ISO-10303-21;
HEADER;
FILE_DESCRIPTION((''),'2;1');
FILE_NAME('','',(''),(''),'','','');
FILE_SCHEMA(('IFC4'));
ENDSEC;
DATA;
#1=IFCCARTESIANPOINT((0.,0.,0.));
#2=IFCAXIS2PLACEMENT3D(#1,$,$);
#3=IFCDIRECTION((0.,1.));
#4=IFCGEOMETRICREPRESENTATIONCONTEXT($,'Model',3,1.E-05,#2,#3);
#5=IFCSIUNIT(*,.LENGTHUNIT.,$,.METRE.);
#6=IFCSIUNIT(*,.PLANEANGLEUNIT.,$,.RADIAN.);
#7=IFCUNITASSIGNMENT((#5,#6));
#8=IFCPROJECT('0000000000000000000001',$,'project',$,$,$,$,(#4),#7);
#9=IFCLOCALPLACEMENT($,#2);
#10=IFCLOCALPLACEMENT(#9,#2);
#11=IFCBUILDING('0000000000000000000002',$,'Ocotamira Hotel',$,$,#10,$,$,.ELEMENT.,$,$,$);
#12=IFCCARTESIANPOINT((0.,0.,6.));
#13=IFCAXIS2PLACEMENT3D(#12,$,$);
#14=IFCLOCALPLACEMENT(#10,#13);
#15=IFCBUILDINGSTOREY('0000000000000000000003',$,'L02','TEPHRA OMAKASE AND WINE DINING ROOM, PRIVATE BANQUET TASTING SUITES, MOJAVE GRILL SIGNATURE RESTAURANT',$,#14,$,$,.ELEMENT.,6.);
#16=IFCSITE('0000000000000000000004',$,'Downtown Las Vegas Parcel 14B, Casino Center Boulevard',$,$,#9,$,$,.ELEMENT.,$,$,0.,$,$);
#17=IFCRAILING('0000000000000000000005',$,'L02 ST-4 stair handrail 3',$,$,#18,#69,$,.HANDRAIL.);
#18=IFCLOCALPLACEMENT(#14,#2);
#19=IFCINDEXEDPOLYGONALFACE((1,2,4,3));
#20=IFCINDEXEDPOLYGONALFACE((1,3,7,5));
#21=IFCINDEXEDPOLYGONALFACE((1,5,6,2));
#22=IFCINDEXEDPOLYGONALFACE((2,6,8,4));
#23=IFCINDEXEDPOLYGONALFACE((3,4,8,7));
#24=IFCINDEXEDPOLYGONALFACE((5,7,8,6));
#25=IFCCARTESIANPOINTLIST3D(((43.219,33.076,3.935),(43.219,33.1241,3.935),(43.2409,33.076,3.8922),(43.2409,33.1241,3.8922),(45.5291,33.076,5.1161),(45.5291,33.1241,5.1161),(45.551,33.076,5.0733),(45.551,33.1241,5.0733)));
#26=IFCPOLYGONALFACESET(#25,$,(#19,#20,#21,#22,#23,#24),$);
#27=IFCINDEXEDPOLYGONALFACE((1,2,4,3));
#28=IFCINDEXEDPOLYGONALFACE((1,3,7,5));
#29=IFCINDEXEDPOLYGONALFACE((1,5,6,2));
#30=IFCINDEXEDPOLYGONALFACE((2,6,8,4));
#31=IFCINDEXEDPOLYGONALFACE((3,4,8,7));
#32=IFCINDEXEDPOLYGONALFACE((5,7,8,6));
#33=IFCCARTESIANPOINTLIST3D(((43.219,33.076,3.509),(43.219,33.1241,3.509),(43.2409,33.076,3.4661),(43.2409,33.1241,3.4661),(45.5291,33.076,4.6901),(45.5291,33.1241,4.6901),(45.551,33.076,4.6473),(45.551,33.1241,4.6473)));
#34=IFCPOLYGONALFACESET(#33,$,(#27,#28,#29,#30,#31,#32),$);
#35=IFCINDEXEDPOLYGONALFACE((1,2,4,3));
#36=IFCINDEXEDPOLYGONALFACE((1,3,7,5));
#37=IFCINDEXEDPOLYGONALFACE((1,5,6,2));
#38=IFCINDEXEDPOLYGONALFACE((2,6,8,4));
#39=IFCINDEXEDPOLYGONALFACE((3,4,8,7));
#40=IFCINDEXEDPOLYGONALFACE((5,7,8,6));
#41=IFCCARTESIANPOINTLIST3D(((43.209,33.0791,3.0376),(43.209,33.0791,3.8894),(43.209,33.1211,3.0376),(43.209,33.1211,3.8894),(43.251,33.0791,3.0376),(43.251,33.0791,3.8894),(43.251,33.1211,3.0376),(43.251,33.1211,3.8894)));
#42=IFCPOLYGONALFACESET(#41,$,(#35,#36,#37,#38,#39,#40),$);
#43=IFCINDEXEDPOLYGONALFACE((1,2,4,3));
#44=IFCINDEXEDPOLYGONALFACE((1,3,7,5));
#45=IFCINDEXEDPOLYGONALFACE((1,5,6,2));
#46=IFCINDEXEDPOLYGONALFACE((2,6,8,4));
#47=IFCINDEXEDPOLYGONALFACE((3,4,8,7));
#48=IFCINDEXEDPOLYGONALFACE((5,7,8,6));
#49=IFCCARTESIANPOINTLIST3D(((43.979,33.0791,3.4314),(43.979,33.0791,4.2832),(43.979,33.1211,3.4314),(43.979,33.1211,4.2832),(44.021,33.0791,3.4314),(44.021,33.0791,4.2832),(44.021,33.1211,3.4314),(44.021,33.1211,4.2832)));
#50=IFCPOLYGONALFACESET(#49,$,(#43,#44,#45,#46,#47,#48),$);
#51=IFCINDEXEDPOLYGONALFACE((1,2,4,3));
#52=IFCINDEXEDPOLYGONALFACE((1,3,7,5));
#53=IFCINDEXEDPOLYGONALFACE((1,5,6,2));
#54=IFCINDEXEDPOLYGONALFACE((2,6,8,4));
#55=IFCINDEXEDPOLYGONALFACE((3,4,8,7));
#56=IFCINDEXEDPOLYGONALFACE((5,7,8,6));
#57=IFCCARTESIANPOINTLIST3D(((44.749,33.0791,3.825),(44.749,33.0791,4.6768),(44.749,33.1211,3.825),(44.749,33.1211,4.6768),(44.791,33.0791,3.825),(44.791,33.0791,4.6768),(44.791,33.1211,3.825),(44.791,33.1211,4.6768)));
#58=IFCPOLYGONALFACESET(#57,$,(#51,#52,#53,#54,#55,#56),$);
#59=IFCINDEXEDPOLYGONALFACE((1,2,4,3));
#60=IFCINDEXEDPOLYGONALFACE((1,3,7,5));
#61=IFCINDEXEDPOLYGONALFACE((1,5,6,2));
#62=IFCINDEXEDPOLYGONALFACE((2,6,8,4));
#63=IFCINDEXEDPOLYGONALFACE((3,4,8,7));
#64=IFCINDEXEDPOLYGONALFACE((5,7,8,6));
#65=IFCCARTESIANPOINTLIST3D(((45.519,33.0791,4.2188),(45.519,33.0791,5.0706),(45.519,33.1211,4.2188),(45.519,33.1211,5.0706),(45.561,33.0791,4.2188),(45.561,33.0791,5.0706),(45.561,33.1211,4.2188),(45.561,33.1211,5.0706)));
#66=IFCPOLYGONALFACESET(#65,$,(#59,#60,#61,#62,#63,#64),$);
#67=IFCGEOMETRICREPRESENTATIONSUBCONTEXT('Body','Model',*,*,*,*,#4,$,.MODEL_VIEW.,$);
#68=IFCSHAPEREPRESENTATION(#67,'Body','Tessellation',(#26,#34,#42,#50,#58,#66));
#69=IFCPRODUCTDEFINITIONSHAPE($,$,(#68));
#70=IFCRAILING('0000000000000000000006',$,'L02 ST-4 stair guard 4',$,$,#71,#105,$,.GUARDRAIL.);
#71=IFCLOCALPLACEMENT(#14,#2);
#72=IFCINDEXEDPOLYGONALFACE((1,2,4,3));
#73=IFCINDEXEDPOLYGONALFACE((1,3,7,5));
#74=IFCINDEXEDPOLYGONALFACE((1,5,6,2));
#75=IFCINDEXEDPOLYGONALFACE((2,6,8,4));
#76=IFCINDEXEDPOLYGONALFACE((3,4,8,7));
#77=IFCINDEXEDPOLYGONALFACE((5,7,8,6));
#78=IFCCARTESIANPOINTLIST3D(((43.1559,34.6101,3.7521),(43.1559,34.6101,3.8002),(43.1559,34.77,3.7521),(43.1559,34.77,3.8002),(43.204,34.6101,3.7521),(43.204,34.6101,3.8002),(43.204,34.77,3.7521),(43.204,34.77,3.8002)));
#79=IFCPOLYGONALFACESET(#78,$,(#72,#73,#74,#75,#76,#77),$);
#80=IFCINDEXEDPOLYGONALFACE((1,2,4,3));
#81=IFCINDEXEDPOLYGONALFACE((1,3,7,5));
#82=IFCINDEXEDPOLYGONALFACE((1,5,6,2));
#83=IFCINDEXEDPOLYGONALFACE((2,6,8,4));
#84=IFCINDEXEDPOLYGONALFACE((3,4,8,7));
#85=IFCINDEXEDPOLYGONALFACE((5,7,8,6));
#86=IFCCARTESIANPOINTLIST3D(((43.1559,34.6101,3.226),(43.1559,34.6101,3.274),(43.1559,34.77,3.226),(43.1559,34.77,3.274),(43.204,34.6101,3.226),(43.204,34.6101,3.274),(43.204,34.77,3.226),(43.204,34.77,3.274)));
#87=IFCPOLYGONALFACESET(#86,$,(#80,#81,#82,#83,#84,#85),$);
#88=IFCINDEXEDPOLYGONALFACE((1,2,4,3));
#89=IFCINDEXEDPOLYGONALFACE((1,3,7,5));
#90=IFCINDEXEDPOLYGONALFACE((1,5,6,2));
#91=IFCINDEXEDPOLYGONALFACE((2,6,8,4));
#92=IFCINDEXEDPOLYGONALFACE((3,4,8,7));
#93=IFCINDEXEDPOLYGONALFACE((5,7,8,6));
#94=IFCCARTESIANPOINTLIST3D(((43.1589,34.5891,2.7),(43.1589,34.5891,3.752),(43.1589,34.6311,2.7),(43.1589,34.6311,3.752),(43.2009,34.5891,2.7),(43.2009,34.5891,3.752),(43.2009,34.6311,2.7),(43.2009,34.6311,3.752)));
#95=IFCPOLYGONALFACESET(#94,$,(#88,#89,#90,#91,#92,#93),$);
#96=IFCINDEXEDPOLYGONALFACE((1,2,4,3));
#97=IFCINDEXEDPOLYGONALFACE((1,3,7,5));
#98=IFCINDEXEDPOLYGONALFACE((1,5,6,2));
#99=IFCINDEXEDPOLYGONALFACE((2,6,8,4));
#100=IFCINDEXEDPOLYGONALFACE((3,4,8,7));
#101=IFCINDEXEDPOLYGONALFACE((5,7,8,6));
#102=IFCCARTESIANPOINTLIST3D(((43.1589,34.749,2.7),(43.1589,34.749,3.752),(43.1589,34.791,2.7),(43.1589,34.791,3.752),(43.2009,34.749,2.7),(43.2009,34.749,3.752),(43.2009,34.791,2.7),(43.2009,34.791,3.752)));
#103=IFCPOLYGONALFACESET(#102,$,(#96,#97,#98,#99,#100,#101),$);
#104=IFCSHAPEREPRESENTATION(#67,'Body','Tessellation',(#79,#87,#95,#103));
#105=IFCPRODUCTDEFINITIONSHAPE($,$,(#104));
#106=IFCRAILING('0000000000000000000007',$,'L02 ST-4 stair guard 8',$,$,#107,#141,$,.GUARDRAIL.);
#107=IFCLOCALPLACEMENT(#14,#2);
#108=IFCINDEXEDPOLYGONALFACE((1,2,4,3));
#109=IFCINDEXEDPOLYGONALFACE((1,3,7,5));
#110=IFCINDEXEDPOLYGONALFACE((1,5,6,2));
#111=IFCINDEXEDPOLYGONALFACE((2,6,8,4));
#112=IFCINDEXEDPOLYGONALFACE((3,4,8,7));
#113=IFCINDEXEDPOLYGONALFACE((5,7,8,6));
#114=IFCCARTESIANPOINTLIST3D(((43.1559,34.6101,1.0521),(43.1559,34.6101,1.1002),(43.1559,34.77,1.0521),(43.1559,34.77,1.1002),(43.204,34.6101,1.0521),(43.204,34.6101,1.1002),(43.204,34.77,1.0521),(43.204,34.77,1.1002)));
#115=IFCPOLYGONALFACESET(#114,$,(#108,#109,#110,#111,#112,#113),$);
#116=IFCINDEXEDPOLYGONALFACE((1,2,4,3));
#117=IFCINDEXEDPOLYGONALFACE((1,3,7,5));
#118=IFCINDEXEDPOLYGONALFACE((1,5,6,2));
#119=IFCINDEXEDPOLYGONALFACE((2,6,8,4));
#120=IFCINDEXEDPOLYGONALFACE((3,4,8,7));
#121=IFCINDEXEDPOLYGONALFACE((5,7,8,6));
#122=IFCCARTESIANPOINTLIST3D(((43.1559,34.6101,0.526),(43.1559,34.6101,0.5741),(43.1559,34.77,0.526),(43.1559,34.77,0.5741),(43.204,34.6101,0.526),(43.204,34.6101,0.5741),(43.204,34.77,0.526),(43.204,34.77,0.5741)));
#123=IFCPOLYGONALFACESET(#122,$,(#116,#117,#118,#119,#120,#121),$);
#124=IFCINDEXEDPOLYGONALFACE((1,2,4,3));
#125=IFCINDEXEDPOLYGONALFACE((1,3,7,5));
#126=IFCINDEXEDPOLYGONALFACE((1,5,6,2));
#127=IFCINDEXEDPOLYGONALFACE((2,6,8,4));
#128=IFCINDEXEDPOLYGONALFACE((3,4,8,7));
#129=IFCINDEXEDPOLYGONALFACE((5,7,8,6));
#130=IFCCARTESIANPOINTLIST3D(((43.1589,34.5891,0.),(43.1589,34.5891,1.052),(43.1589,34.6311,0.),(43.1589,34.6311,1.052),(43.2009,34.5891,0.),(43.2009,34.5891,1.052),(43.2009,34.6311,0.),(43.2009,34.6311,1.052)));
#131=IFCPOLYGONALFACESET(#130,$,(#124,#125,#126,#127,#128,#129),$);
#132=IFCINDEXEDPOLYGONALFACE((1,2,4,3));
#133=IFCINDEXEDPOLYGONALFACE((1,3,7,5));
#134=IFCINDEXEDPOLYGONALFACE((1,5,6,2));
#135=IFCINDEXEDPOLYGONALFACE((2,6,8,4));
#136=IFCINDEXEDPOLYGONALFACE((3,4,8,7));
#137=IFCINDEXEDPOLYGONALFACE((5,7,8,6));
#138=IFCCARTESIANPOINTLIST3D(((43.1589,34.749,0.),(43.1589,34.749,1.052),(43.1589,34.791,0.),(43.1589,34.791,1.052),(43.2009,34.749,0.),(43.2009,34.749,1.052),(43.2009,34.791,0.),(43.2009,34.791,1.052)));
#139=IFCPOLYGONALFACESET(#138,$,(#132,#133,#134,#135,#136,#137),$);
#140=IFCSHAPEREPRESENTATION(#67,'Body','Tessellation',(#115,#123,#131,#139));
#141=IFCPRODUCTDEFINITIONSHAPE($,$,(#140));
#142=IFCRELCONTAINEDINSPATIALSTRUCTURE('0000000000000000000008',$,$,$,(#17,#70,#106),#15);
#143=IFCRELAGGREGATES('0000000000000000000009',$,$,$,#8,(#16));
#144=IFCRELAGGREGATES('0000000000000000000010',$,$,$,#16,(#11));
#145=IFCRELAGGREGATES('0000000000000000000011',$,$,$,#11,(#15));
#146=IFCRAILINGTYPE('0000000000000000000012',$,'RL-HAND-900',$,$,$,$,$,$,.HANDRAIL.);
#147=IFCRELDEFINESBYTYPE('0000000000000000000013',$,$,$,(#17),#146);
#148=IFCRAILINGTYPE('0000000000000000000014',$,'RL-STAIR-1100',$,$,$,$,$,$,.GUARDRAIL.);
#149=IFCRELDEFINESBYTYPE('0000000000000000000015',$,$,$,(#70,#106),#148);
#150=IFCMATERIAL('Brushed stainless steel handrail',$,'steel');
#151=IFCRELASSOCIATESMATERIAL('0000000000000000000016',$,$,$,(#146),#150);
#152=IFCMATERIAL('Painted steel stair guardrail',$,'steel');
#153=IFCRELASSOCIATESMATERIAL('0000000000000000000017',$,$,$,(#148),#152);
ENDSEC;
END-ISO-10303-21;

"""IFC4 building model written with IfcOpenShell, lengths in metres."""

from ifc_helpers import new_model, si_unit, direction, frame, origin, origin_2d, place, context, subcontext, project, spatial, rectangle, extrude, material, type_object, element, save


model = new_model("IFC4")

# Units and contexts
model_context = context("Model", 3, precision=1e-05, world=origin(), true_north=direction((0.0, 1.0)))
body_context = subcontext(model_context, "Body", "Model", "MODEL_VIEW")
ifc_project = project(units=[si_unit("LENGTHUNIT", "METRE"), si_unit("PLANEANGLEUNIT", "RADIAN")], contexts=[model_context])

# Site, building, storey
site_placement = place(None, origin())
site = spatial("IfcSite", under=ifc_project, at=site_placement, Name="Downtown Las Vegas Parcel 14B, Casino Center Boulevard", CompositionType="ELEMENT", RefElevation=0.0)
building_placement = place(site_placement, origin())
building = spatial("IfcBuilding", under=site, at=building_placement, Name="Ocotamira Hotel", CompositionType="ELEMENT")
storey_placement = place(building_placement, frame((0.0, 0.0, 6.0)))
storey = spatial("IfcBuildingStorey", under=building, at=storey_placement, Name="L02", Description="TEPHRA OMAKASE AND WINE DINING ROOM, PRIVATE BANQUET TASTING SUITES, MOJAVE GRILL SIGNATURE RESTAURANT", CompositionType="ELEMENT", Elevation=6.0)

# Railings
ifc_material_1 = material(Name="Brushed stainless steel handrail", Category="steel")
railing_type_1 = type_object("IfcRailingType", Name="RL-HAND-900", PredefinedType="HANDRAIL", material=ifc_material_1)
railing_1_placement = place(storey_placement, frame((43.23, 33.1001, 3.0376)))
element("IfcRailing", 1, at=railing_1_placement, inside=storey, type_object=railing_type_1, Name="L02 ST-4 stair handrail 3", PredefinedType="HANDRAIL", context=body_context, shape_type="SweptSolid", body=[
    extrude(rectangle(XDim=0.0481, YDim=0.0481, at=origin_2d()), frame((0.0, 0.0, 0.876), z_axis=(0.890363, 0.0, 0.45525), x_axis=(0.0, 1.0, 0.0)), (0.0, 0.0, 1.0), 2.5945),
    extrude(rectangle(XDim=0.0481, YDim=0.0481, at=origin_2d()), frame((0.0, 0.0, 0.45), z_axis=(0.890363, 0.0, 0.45525), x_axis=(0.0, 1.0, 0.0)), (0.0, 0.0, 1.0), 2.5945),
    extrude(rectangle(XDim=0.042, YDim=0.042, at=origin_2d()), origin(), (0.0, 0.0, 1.0), 0.8518),
    extrude(rectangle(XDim=0.042, YDim=0.042, at=origin_2d()), frame((0.77, 0.0, 0.3938)), (0.0, 0.0, 1.0), 0.8518),
    extrude(rectangle(XDim=0.042, YDim=0.042, at=origin_2d()), frame((1.54, 0.0, 0.7874)), (0.0, 0.0, 1.0), 0.8518),
    extrude(rectangle(XDim=0.042, YDim=0.042, at=origin_2d()), frame((2.3101, 0.0, 1.1812)), (0.0, 0.0, 1.0), 0.8518),
])
ifc_material_2 = material(Name="Painted steel stair guardrail", Category="steel")
railing_type_2 = type_object("IfcRailingType", Name="RL-STAIR-1100", PredefinedType="GUARDRAIL", material=ifc_material_2)
for number, where, name in (
    (2, (43.1799, 34.6101, 2.7), "L02 ST-4 stair guard 4"),
    (3, (43.1799, 34.6101, 0.0), "L02 ST-4 stair guard 8"),
):
    element("IfcRailing", number, at=place(storey_placement, frame(where)), inside=storey, type_object=railing_type_2, Name=name, PredefinedType="GUARDRAIL", context=body_context, shape_type="SweptSolid", body=[
        extrude(rectangle(XDim=0.0481, YDim=0.0481, at=origin_2d()), frame((0.0, 0.0, 1.0762), z_axis=(0.0, 1.0, 0.0), x_axis=(-1.0, 0.0, 0.0)), (0.0, 0.0, 1.0), 0.1599),
        extrude(rectangle(XDim=0.0481, YDim=0.0481, at=origin_2d()), frame((0.0, 0.0, 0.55), z_axis=(0.0, 1.0, 0.0), x_axis=(-1.0, 0.0, 0.0)), (0.0, 0.0, 1.0), 0.1599),
        extrude(rectangle(XDim=0.042, YDim=0.042, at=origin_2d()), origin(), (0.0, 0.0, 1.0), 1.052),
        extrude(rectangle(XDim=0.042, YDim=0.042, at=origin_2d()), frame((0.0, 0.1599, 0.0)), (0.0, 0.0, 1.0), 1.052),
    ])

save(model, "model.ifc")
